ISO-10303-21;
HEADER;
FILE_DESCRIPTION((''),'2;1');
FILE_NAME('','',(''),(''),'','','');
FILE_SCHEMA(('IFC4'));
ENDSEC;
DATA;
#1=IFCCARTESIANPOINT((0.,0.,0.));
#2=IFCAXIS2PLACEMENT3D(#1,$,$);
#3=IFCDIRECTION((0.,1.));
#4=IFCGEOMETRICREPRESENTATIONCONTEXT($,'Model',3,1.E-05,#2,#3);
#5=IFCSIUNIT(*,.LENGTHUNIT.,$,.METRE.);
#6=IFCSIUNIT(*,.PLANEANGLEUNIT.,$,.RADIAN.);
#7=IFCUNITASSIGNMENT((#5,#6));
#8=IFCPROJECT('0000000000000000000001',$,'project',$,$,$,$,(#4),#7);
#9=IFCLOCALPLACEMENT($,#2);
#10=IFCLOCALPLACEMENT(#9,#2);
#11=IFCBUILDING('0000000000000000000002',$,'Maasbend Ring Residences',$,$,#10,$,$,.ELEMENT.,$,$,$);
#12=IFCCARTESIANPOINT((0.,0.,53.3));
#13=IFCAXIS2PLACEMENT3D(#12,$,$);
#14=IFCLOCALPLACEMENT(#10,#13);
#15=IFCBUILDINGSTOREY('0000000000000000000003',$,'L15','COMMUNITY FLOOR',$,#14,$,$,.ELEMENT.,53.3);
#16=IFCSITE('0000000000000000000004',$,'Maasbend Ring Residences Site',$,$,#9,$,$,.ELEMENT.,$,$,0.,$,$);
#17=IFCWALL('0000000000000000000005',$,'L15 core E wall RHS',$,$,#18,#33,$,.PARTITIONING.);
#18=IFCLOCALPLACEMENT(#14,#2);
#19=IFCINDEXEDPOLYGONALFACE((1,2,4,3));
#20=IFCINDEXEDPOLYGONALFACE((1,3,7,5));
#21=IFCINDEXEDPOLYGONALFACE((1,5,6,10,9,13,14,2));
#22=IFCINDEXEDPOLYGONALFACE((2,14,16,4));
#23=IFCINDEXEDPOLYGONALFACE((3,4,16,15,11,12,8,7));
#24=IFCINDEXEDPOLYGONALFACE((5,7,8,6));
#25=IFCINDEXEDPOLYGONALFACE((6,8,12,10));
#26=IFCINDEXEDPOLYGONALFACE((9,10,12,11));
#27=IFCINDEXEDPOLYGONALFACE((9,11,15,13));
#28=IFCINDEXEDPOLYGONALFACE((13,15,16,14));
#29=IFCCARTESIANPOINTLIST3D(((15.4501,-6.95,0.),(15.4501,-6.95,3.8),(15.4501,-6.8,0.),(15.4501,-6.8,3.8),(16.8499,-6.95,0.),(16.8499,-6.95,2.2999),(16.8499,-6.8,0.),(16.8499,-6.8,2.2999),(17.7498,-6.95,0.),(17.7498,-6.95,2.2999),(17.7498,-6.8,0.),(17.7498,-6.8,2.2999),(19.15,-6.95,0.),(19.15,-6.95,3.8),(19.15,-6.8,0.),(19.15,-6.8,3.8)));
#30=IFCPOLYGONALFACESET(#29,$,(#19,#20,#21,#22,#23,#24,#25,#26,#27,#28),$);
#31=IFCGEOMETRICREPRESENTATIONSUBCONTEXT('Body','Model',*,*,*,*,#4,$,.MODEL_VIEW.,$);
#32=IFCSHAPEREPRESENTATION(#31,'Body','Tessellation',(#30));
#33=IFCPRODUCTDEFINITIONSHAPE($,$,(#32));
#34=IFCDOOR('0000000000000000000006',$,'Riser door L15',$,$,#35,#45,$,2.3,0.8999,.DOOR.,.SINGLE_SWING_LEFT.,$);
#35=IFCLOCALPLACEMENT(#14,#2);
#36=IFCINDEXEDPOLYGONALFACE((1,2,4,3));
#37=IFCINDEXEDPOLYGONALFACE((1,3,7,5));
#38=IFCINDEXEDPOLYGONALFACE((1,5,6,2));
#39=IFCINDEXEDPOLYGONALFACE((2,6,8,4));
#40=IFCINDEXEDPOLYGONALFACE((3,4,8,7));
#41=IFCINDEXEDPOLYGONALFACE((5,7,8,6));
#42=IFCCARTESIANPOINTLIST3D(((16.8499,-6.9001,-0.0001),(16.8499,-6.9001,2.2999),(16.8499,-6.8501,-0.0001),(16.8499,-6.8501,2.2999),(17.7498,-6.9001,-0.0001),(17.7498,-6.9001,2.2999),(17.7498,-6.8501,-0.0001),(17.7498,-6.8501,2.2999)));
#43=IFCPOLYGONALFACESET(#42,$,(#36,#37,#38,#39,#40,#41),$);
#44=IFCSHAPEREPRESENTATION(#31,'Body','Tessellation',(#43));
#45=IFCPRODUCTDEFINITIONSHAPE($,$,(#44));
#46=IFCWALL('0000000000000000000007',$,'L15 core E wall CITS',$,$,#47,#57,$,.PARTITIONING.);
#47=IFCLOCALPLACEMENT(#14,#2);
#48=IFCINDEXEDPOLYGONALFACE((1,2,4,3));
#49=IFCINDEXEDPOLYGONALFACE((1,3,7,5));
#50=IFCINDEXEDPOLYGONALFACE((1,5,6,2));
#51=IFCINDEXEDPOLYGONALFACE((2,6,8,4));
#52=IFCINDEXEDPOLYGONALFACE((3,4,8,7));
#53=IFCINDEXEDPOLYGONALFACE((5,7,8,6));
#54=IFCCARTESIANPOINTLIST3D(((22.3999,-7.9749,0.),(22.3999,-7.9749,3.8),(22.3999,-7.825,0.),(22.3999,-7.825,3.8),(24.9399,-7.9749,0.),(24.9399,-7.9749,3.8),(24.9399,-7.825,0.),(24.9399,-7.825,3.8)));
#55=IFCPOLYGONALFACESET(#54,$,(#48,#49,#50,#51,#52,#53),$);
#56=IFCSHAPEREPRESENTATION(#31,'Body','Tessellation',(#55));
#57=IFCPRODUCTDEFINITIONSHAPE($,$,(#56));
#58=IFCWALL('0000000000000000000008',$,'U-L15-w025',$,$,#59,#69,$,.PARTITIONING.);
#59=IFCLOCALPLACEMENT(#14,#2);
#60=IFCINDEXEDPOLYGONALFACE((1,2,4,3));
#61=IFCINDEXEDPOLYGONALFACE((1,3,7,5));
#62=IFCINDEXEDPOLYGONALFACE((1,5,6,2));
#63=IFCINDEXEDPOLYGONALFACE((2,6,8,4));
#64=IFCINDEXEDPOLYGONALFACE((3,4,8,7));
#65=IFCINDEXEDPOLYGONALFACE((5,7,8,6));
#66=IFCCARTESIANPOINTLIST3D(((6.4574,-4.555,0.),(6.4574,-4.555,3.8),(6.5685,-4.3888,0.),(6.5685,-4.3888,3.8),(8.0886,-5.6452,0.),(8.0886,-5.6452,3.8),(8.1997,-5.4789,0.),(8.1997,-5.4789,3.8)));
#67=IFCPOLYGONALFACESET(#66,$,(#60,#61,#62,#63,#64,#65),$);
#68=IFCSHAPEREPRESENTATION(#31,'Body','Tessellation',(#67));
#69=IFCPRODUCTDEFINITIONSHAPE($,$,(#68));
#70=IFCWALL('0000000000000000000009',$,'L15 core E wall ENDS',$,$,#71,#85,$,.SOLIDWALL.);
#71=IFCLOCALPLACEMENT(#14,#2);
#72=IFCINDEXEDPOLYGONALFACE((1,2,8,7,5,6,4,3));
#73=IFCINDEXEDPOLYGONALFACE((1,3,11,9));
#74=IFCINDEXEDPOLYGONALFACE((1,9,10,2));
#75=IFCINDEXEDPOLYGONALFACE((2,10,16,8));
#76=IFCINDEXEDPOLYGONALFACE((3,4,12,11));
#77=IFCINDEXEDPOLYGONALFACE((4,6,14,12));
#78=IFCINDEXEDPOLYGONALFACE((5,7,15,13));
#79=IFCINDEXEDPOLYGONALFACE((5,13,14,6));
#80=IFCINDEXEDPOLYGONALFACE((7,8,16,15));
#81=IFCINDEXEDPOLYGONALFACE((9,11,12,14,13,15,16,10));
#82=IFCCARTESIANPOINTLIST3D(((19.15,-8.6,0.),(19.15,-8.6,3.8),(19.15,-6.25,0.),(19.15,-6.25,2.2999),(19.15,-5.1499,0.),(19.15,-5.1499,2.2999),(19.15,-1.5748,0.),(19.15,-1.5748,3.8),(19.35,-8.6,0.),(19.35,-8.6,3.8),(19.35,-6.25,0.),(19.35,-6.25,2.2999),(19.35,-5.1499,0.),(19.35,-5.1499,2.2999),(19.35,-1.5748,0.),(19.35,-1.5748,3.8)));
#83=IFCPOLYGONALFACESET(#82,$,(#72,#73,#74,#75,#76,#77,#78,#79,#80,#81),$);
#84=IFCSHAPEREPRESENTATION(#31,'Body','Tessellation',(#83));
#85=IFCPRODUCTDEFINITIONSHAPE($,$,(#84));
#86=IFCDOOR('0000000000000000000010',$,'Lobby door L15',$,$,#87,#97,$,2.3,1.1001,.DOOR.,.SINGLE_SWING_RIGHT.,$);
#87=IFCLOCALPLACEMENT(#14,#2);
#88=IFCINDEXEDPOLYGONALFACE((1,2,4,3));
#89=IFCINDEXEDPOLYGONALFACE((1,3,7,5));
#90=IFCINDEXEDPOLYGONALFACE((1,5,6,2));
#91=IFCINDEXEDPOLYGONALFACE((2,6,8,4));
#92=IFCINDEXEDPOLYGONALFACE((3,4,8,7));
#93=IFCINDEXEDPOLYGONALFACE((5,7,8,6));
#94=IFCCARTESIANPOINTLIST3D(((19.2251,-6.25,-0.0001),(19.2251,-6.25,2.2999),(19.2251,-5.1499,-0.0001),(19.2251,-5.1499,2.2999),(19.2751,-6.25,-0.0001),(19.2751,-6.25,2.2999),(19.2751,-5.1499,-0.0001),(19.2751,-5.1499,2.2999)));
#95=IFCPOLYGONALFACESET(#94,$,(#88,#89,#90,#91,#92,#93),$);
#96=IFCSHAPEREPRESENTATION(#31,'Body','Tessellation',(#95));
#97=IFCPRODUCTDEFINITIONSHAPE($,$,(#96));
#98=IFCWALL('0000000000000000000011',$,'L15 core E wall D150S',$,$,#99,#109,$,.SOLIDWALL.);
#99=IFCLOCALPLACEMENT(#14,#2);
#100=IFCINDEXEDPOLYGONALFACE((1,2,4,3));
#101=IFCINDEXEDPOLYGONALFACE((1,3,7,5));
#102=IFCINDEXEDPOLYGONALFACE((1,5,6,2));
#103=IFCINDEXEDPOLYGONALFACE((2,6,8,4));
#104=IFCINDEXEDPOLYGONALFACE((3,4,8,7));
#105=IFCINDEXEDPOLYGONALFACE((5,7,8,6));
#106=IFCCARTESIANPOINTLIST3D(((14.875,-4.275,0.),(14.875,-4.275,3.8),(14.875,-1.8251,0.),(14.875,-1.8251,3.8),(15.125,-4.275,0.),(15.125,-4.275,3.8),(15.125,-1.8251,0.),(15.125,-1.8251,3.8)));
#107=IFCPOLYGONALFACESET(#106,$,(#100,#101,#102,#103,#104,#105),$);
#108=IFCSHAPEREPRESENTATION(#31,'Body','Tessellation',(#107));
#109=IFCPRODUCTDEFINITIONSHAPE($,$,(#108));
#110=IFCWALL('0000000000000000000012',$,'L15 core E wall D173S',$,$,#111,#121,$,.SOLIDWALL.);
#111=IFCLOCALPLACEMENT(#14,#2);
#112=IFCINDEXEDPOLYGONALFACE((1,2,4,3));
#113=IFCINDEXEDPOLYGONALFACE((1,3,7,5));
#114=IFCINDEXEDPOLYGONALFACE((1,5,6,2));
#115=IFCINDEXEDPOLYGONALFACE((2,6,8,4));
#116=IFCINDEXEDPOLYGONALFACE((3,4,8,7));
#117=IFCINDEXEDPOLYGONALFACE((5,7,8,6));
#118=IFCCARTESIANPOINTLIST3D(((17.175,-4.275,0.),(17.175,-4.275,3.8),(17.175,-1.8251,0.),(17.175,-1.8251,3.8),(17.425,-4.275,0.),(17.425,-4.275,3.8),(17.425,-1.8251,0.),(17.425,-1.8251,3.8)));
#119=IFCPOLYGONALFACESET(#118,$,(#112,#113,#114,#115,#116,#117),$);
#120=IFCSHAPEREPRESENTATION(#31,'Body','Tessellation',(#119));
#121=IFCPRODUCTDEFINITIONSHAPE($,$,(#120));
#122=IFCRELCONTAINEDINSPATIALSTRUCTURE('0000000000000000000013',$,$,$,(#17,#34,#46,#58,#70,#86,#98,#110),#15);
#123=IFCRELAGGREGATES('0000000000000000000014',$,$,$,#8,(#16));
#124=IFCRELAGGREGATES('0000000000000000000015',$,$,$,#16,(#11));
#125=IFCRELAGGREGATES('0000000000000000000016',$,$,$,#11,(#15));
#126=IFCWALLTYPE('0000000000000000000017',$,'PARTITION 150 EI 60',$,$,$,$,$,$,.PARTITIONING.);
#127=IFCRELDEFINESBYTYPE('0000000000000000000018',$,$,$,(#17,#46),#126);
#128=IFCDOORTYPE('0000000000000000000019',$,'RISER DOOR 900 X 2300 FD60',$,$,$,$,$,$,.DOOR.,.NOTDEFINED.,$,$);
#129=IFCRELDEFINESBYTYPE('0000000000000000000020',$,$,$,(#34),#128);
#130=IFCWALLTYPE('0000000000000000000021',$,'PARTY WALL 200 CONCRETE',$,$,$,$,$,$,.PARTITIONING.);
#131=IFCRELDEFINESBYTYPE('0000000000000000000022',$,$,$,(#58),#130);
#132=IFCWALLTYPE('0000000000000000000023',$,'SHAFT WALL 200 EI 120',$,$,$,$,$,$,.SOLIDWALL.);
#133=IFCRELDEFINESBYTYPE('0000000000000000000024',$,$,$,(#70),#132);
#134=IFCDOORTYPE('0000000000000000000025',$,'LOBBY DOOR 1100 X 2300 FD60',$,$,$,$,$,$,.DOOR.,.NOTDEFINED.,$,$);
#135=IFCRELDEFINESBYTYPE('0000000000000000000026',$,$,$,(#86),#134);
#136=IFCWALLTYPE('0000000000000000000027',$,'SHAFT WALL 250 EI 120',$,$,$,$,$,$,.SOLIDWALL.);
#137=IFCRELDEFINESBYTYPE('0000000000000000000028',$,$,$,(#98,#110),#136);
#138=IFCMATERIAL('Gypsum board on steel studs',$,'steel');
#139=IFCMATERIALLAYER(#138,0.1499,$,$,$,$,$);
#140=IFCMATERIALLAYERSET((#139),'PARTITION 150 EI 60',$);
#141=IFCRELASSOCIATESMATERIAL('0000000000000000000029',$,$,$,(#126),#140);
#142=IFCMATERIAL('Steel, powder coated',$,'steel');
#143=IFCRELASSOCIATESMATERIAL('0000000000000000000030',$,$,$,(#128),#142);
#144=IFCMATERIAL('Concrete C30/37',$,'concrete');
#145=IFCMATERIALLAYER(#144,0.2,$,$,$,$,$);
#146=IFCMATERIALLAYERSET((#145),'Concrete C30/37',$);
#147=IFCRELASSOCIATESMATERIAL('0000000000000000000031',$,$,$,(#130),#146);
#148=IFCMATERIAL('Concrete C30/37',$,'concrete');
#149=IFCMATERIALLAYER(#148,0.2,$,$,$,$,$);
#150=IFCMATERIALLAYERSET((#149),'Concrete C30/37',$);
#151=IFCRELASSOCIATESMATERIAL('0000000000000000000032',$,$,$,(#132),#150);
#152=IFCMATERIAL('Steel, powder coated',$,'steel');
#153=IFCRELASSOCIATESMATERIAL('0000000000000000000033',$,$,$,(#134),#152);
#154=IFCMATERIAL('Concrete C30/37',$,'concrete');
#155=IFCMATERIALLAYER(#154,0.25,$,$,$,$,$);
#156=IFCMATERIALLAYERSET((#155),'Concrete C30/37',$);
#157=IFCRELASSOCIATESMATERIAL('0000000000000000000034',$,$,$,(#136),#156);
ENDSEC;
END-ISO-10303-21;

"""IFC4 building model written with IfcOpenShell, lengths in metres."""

from ifc_helpers import new_model, si_unit, direction, frame, frame_2d, origin, place, context, subcontext, project, spatial, rectangle, extrude, material, layer, layer_set, type_object, element, fill, save


model = new_model("IFC4")

# Units and contexts
model_context = context("Model", 3, precision=1e-05, world=origin(), true_north=direction((0.0, 1.0)))
body_context = subcontext(model_context, "Body", "Model", "MODEL_VIEW")
ifc_project = project(units=[si_unit("LENGTHUNIT", "METRE"), si_unit("PLANEANGLEUNIT", "RADIAN")], contexts=[model_context])

# Site, building, storey
site_placement = place(None, origin())
site = spatial("IfcSite", under=ifc_project, at=site_placement, Name="Maasbend Ring Residences Site", CompositionType="ELEMENT", RefElevation=0.0)
building_placement = place(site_placement, origin())
building = spatial("IfcBuilding", under=site, at=building_placement, Name="Maasbend Ring Residences", CompositionType="ELEMENT")
storey_placement = place(building_placement, frame((0.0, 0.0, 53.3)))
storey = spatial("IfcBuildingStorey", under=building, at=storey_placement, Name="L15", Description="COMMUNITY FLOOR", CompositionType="ELEMENT", Elevation=53.3)

# Shared definitions
ifc_material_1 = material(Name="Gypsum board on steel studs", Category="steel")
ifc_layer_1 = layer(ifc_material_1, 0.1499)
ifc_layer_set_1 = layer_set([ifc_layer_1], Name="PARTITION 150 EI 60")
wall_type_1 = type_object("IfcWallType", Name="PARTITION 150 EI 60", PredefinedType="PARTITIONING", material=ifc_layer_set_1)

# Wall, opening, door
wall_1_placement = place(storey_placement, frame((15.45, -6.875, 0.0), z_axis=(0.0, 0.0, 1.0), x_axis=(1.0, 0.0, 0.0)))
wall_1 = element("IfcWall", 1, at=wall_1_placement, inside=storey, type_object=wall_type_1, Name="L15 core E wall RHS", PredefinedType="PARTITIONING", context=body_context, shape_type="SweptSolid", body=[
    extrude(rectangle(XDim=3.7, YDim=0.1499, at=frame_2d((1.8501, 0.0))), origin(), (0.0, 0.0, 1.0), 3.8),
])
opening_1_placement = place(wall_1_placement, frame((1.3999, 0.0, 0.0)))
opening_1 = element("IfcOpeningElement", 2, at=opening_1_placement, cuts=wall_1, PredefinedType="OPENING", context=body_context, shape_type="SweptSolid", body=[
    extrude(rectangle(XDim=0.8999, YDim=2.3, at=frame_2d((0.45, 1.1499))), frame((0.0, 0.085, 0.0), z_axis=(0.0, -1.0, 0.0), x_axis=(1.0, 0.0, 0.0)), (0.0, 0.0, 1.0), 0.1699),
])
ifc_material_2 = material(Name="Steel, powder coated", Category="steel")
door_type_1 = type_object("IfcDoorType", Name="RISER DOOR 900 X 2300 FD60", OperationType="NOTDEFINED", PredefinedType="DOOR", material=ifc_material_2)
door_1_placement = place(opening_1_placement, origin())
door_1 = element("IfcDoor", 3, at=door_1_placement, inside=storey, type_object=door_type_1, Name="Riser door L15", OperationType="SINGLE_SWING_LEFT", OverallHeight=2.3, OverallWidth=0.8999, PredefinedType="DOOR", context=body_context, shape_type="SweptSolid", body=[
    extrude(rectangle(XDim=0.8999, YDim=2.3, at=frame_2d((0.45, 1.1499))), frame((0.0, 0.0249, 0.0), z_axis=(0.0, -1.0, 0.0), x_axis=(1.0, 0.0, 0.0)), (0.0, 0.0, 1.0), 0.05),
])
fill(opening_1, door_1)

# Walls
wall_2_placement = place(storey_placement, frame((22.3999, -7.8999, 0.0), z_axis=(0.0, 0.0, 1.0), x_axis=(1.0, 0.0, 0.0)))
element("IfcWall", 4, at=wall_2_placement, inside=storey, type_object=wall_type_1, Name="L15 core E wall CITS", PredefinedType="PARTITIONING", context=body_context, shape_type="SweptSolid", body=[
    extrude(rectangle(XDim=2.54, YDim=0.1499, at=frame_2d((1.27, 0.0))), origin(), (0.0, 0.0, 1.0), 3.8),
])
ifc_material_3 = material(Name="Concrete C30/37", Category="concrete")
ifc_layer_2 = layer(ifc_material_3, 0.2)
ifc_layer_set_2 = layer_set([ifc_layer_2], Name="Concrete C30/37")
wall_type_2 = type_object("IfcWallType", Name="PARTY WALL 200 CONCRETE", PredefinedType="PARTITIONING", material=ifc_layer_set_2)
wall_3_placement = place(storey_placement, frame((6.5129, -4.4719, 0.0), z_axis=(0.0, 0.0, 1.0), x_axis=(0.831418, -0.555648, 0.0)))
element("IfcWall", 5, at=wall_3_placement, inside=storey, type_object=wall_type_2, Name="U-L15-w025", PredefinedType="PARTITIONING", context=body_context, shape_type="SweptSolid", body=[
    extrude(rectangle(XDim=1.9619, YDim=0.2, at=frame_2d((0.981, 0.0))), origin(), (0.0, 0.0, 1.0), 3.8),
])

# Wall, opening, door
ifc_material_4 = material(Name="Concrete C30/37", Category="concrete")
ifc_layer_3 = layer(ifc_material_4, 0.2)
ifc_layer_set_3 = layer_set([ifc_layer_3], Name="Concrete C30/37")
wall_type_3 = type_object("IfcWallType", Name="SHAFT WALL 200 EI 120", PredefinedType="SOLIDWALL", material=ifc_layer_set_3)
wall_4_placement = place(storey_placement, frame((19.25, -8.6001, 0.0), z_axis=(0.0, 0.0, 1.0), x_axis=(0.0, 1.0, 0.0)))
wall_4 = element("IfcWall", 6, at=wall_4_placement, inside=storey, type_object=wall_type_3, Name="L15 core E wall ENDS", PredefinedType="SOLIDWALL", context=body_context, shape_type="SweptSolid", body=[
    extrude(rectangle(XDim=7.0251, YDim=0.2, at=frame_2d((3.5127, 0.0))), origin(), (0.0, 0.0, 1.0), 3.8),
])
opening_2_placement = place(wall_4_placement, frame((2.3501, 0.0, 0.0)))
opening_2 = element("IfcOpeningElement", 7, at=opening_2_placement, cuts=wall_4, PredefinedType="OPENING", context=body_context, shape_type="SweptSolid", body=[
    extrude(rectangle(XDim=1.1001, YDim=2.3, at=frame_2d((0.55, 1.1499))), frame((0.0, 0.1099, 0.0), z_axis=(0.0, -1.0, 0.0), x_axis=(1.0, 0.0, 0.0)), (0.0, 0.0, 1.0), 0.22),
])
ifc_material_5 = material(Name="Steel, powder coated", Category="steel")
door_type_2 = type_object("IfcDoorType", Name="LOBBY DOOR 1100 X 2300 FD60", OperationType="NOTDEFINED", PredefinedType="DOOR", material=ifc_material_5)
door_2_placement = place(opening_2_placement, origin())
door_2 = element("IfcDoor", 8, at=door_2_placement, inside=storey, type_object=door_type_2, Name="Lobby door L15", OperationType="SINGLE_SWING_RIGHT", OverallHeight=2.3, OverallWidth=1.1001, PredefinedType="DOOR", context=body_context, shape_type="SweptSolid", body=[
    extrude(rectangle(XDim=1.1001, YDim=2.3, at=frame_2d((0.55, 1.1499))), frame((0.0, 0.0249, 0.0), z_axis=(0.0, -1.0, 0.0), x_axis=(1.0, 0.0, 0.0)), (0.0, 0.0, 1.0), 0.05),
])
fill(opening_2, door_2)

# Walls
ifc_material_6 = material(Name="Concrete C30/37", Category="concrete")
ifc_layer_4 = layer(ifc_material_6, 0.25)
ifc_layer_set_4 = layer_set([ifc_layer_4], Name="Concrete C30/37")
wall_type_4 = type_object("IfcWallType", Name="SHAFT WALL 250 EI 120", PredefinedType="SOLIDWALL", material=ifc_layer_set_4)
for number, where, z_axis, x_axis, name in (
    (9, (15.0, -1.825, 0.0), (0.0, 0.0, 1.0), (0.0, -1.0, 0.0), "L15 core E wall D150S"),
    (10, (17.3, -1.825, 0.0), (0.0, 0.0, 1.0), (0.0, -1.0, 0.0), "L15 core E wall D173S"),
):
    element("IfcWall", number, at=place(storey_placement, frame(where, z_axis=z_axis, x_axis=x_axis)), inside=storey, type_object=wall_type_4, Name=name, PredefinedType="SOLIDWALL", context=body_context, shape_type="SweptSolid", body=[
        extrude(rectangle(XDim=2.45, YDim=0.25, at=frame_2d((1.2251, 0.0))), origin(), (0.0, 0.0, 1.0), 3.8),
    ])

save(model, "model.ifc")
